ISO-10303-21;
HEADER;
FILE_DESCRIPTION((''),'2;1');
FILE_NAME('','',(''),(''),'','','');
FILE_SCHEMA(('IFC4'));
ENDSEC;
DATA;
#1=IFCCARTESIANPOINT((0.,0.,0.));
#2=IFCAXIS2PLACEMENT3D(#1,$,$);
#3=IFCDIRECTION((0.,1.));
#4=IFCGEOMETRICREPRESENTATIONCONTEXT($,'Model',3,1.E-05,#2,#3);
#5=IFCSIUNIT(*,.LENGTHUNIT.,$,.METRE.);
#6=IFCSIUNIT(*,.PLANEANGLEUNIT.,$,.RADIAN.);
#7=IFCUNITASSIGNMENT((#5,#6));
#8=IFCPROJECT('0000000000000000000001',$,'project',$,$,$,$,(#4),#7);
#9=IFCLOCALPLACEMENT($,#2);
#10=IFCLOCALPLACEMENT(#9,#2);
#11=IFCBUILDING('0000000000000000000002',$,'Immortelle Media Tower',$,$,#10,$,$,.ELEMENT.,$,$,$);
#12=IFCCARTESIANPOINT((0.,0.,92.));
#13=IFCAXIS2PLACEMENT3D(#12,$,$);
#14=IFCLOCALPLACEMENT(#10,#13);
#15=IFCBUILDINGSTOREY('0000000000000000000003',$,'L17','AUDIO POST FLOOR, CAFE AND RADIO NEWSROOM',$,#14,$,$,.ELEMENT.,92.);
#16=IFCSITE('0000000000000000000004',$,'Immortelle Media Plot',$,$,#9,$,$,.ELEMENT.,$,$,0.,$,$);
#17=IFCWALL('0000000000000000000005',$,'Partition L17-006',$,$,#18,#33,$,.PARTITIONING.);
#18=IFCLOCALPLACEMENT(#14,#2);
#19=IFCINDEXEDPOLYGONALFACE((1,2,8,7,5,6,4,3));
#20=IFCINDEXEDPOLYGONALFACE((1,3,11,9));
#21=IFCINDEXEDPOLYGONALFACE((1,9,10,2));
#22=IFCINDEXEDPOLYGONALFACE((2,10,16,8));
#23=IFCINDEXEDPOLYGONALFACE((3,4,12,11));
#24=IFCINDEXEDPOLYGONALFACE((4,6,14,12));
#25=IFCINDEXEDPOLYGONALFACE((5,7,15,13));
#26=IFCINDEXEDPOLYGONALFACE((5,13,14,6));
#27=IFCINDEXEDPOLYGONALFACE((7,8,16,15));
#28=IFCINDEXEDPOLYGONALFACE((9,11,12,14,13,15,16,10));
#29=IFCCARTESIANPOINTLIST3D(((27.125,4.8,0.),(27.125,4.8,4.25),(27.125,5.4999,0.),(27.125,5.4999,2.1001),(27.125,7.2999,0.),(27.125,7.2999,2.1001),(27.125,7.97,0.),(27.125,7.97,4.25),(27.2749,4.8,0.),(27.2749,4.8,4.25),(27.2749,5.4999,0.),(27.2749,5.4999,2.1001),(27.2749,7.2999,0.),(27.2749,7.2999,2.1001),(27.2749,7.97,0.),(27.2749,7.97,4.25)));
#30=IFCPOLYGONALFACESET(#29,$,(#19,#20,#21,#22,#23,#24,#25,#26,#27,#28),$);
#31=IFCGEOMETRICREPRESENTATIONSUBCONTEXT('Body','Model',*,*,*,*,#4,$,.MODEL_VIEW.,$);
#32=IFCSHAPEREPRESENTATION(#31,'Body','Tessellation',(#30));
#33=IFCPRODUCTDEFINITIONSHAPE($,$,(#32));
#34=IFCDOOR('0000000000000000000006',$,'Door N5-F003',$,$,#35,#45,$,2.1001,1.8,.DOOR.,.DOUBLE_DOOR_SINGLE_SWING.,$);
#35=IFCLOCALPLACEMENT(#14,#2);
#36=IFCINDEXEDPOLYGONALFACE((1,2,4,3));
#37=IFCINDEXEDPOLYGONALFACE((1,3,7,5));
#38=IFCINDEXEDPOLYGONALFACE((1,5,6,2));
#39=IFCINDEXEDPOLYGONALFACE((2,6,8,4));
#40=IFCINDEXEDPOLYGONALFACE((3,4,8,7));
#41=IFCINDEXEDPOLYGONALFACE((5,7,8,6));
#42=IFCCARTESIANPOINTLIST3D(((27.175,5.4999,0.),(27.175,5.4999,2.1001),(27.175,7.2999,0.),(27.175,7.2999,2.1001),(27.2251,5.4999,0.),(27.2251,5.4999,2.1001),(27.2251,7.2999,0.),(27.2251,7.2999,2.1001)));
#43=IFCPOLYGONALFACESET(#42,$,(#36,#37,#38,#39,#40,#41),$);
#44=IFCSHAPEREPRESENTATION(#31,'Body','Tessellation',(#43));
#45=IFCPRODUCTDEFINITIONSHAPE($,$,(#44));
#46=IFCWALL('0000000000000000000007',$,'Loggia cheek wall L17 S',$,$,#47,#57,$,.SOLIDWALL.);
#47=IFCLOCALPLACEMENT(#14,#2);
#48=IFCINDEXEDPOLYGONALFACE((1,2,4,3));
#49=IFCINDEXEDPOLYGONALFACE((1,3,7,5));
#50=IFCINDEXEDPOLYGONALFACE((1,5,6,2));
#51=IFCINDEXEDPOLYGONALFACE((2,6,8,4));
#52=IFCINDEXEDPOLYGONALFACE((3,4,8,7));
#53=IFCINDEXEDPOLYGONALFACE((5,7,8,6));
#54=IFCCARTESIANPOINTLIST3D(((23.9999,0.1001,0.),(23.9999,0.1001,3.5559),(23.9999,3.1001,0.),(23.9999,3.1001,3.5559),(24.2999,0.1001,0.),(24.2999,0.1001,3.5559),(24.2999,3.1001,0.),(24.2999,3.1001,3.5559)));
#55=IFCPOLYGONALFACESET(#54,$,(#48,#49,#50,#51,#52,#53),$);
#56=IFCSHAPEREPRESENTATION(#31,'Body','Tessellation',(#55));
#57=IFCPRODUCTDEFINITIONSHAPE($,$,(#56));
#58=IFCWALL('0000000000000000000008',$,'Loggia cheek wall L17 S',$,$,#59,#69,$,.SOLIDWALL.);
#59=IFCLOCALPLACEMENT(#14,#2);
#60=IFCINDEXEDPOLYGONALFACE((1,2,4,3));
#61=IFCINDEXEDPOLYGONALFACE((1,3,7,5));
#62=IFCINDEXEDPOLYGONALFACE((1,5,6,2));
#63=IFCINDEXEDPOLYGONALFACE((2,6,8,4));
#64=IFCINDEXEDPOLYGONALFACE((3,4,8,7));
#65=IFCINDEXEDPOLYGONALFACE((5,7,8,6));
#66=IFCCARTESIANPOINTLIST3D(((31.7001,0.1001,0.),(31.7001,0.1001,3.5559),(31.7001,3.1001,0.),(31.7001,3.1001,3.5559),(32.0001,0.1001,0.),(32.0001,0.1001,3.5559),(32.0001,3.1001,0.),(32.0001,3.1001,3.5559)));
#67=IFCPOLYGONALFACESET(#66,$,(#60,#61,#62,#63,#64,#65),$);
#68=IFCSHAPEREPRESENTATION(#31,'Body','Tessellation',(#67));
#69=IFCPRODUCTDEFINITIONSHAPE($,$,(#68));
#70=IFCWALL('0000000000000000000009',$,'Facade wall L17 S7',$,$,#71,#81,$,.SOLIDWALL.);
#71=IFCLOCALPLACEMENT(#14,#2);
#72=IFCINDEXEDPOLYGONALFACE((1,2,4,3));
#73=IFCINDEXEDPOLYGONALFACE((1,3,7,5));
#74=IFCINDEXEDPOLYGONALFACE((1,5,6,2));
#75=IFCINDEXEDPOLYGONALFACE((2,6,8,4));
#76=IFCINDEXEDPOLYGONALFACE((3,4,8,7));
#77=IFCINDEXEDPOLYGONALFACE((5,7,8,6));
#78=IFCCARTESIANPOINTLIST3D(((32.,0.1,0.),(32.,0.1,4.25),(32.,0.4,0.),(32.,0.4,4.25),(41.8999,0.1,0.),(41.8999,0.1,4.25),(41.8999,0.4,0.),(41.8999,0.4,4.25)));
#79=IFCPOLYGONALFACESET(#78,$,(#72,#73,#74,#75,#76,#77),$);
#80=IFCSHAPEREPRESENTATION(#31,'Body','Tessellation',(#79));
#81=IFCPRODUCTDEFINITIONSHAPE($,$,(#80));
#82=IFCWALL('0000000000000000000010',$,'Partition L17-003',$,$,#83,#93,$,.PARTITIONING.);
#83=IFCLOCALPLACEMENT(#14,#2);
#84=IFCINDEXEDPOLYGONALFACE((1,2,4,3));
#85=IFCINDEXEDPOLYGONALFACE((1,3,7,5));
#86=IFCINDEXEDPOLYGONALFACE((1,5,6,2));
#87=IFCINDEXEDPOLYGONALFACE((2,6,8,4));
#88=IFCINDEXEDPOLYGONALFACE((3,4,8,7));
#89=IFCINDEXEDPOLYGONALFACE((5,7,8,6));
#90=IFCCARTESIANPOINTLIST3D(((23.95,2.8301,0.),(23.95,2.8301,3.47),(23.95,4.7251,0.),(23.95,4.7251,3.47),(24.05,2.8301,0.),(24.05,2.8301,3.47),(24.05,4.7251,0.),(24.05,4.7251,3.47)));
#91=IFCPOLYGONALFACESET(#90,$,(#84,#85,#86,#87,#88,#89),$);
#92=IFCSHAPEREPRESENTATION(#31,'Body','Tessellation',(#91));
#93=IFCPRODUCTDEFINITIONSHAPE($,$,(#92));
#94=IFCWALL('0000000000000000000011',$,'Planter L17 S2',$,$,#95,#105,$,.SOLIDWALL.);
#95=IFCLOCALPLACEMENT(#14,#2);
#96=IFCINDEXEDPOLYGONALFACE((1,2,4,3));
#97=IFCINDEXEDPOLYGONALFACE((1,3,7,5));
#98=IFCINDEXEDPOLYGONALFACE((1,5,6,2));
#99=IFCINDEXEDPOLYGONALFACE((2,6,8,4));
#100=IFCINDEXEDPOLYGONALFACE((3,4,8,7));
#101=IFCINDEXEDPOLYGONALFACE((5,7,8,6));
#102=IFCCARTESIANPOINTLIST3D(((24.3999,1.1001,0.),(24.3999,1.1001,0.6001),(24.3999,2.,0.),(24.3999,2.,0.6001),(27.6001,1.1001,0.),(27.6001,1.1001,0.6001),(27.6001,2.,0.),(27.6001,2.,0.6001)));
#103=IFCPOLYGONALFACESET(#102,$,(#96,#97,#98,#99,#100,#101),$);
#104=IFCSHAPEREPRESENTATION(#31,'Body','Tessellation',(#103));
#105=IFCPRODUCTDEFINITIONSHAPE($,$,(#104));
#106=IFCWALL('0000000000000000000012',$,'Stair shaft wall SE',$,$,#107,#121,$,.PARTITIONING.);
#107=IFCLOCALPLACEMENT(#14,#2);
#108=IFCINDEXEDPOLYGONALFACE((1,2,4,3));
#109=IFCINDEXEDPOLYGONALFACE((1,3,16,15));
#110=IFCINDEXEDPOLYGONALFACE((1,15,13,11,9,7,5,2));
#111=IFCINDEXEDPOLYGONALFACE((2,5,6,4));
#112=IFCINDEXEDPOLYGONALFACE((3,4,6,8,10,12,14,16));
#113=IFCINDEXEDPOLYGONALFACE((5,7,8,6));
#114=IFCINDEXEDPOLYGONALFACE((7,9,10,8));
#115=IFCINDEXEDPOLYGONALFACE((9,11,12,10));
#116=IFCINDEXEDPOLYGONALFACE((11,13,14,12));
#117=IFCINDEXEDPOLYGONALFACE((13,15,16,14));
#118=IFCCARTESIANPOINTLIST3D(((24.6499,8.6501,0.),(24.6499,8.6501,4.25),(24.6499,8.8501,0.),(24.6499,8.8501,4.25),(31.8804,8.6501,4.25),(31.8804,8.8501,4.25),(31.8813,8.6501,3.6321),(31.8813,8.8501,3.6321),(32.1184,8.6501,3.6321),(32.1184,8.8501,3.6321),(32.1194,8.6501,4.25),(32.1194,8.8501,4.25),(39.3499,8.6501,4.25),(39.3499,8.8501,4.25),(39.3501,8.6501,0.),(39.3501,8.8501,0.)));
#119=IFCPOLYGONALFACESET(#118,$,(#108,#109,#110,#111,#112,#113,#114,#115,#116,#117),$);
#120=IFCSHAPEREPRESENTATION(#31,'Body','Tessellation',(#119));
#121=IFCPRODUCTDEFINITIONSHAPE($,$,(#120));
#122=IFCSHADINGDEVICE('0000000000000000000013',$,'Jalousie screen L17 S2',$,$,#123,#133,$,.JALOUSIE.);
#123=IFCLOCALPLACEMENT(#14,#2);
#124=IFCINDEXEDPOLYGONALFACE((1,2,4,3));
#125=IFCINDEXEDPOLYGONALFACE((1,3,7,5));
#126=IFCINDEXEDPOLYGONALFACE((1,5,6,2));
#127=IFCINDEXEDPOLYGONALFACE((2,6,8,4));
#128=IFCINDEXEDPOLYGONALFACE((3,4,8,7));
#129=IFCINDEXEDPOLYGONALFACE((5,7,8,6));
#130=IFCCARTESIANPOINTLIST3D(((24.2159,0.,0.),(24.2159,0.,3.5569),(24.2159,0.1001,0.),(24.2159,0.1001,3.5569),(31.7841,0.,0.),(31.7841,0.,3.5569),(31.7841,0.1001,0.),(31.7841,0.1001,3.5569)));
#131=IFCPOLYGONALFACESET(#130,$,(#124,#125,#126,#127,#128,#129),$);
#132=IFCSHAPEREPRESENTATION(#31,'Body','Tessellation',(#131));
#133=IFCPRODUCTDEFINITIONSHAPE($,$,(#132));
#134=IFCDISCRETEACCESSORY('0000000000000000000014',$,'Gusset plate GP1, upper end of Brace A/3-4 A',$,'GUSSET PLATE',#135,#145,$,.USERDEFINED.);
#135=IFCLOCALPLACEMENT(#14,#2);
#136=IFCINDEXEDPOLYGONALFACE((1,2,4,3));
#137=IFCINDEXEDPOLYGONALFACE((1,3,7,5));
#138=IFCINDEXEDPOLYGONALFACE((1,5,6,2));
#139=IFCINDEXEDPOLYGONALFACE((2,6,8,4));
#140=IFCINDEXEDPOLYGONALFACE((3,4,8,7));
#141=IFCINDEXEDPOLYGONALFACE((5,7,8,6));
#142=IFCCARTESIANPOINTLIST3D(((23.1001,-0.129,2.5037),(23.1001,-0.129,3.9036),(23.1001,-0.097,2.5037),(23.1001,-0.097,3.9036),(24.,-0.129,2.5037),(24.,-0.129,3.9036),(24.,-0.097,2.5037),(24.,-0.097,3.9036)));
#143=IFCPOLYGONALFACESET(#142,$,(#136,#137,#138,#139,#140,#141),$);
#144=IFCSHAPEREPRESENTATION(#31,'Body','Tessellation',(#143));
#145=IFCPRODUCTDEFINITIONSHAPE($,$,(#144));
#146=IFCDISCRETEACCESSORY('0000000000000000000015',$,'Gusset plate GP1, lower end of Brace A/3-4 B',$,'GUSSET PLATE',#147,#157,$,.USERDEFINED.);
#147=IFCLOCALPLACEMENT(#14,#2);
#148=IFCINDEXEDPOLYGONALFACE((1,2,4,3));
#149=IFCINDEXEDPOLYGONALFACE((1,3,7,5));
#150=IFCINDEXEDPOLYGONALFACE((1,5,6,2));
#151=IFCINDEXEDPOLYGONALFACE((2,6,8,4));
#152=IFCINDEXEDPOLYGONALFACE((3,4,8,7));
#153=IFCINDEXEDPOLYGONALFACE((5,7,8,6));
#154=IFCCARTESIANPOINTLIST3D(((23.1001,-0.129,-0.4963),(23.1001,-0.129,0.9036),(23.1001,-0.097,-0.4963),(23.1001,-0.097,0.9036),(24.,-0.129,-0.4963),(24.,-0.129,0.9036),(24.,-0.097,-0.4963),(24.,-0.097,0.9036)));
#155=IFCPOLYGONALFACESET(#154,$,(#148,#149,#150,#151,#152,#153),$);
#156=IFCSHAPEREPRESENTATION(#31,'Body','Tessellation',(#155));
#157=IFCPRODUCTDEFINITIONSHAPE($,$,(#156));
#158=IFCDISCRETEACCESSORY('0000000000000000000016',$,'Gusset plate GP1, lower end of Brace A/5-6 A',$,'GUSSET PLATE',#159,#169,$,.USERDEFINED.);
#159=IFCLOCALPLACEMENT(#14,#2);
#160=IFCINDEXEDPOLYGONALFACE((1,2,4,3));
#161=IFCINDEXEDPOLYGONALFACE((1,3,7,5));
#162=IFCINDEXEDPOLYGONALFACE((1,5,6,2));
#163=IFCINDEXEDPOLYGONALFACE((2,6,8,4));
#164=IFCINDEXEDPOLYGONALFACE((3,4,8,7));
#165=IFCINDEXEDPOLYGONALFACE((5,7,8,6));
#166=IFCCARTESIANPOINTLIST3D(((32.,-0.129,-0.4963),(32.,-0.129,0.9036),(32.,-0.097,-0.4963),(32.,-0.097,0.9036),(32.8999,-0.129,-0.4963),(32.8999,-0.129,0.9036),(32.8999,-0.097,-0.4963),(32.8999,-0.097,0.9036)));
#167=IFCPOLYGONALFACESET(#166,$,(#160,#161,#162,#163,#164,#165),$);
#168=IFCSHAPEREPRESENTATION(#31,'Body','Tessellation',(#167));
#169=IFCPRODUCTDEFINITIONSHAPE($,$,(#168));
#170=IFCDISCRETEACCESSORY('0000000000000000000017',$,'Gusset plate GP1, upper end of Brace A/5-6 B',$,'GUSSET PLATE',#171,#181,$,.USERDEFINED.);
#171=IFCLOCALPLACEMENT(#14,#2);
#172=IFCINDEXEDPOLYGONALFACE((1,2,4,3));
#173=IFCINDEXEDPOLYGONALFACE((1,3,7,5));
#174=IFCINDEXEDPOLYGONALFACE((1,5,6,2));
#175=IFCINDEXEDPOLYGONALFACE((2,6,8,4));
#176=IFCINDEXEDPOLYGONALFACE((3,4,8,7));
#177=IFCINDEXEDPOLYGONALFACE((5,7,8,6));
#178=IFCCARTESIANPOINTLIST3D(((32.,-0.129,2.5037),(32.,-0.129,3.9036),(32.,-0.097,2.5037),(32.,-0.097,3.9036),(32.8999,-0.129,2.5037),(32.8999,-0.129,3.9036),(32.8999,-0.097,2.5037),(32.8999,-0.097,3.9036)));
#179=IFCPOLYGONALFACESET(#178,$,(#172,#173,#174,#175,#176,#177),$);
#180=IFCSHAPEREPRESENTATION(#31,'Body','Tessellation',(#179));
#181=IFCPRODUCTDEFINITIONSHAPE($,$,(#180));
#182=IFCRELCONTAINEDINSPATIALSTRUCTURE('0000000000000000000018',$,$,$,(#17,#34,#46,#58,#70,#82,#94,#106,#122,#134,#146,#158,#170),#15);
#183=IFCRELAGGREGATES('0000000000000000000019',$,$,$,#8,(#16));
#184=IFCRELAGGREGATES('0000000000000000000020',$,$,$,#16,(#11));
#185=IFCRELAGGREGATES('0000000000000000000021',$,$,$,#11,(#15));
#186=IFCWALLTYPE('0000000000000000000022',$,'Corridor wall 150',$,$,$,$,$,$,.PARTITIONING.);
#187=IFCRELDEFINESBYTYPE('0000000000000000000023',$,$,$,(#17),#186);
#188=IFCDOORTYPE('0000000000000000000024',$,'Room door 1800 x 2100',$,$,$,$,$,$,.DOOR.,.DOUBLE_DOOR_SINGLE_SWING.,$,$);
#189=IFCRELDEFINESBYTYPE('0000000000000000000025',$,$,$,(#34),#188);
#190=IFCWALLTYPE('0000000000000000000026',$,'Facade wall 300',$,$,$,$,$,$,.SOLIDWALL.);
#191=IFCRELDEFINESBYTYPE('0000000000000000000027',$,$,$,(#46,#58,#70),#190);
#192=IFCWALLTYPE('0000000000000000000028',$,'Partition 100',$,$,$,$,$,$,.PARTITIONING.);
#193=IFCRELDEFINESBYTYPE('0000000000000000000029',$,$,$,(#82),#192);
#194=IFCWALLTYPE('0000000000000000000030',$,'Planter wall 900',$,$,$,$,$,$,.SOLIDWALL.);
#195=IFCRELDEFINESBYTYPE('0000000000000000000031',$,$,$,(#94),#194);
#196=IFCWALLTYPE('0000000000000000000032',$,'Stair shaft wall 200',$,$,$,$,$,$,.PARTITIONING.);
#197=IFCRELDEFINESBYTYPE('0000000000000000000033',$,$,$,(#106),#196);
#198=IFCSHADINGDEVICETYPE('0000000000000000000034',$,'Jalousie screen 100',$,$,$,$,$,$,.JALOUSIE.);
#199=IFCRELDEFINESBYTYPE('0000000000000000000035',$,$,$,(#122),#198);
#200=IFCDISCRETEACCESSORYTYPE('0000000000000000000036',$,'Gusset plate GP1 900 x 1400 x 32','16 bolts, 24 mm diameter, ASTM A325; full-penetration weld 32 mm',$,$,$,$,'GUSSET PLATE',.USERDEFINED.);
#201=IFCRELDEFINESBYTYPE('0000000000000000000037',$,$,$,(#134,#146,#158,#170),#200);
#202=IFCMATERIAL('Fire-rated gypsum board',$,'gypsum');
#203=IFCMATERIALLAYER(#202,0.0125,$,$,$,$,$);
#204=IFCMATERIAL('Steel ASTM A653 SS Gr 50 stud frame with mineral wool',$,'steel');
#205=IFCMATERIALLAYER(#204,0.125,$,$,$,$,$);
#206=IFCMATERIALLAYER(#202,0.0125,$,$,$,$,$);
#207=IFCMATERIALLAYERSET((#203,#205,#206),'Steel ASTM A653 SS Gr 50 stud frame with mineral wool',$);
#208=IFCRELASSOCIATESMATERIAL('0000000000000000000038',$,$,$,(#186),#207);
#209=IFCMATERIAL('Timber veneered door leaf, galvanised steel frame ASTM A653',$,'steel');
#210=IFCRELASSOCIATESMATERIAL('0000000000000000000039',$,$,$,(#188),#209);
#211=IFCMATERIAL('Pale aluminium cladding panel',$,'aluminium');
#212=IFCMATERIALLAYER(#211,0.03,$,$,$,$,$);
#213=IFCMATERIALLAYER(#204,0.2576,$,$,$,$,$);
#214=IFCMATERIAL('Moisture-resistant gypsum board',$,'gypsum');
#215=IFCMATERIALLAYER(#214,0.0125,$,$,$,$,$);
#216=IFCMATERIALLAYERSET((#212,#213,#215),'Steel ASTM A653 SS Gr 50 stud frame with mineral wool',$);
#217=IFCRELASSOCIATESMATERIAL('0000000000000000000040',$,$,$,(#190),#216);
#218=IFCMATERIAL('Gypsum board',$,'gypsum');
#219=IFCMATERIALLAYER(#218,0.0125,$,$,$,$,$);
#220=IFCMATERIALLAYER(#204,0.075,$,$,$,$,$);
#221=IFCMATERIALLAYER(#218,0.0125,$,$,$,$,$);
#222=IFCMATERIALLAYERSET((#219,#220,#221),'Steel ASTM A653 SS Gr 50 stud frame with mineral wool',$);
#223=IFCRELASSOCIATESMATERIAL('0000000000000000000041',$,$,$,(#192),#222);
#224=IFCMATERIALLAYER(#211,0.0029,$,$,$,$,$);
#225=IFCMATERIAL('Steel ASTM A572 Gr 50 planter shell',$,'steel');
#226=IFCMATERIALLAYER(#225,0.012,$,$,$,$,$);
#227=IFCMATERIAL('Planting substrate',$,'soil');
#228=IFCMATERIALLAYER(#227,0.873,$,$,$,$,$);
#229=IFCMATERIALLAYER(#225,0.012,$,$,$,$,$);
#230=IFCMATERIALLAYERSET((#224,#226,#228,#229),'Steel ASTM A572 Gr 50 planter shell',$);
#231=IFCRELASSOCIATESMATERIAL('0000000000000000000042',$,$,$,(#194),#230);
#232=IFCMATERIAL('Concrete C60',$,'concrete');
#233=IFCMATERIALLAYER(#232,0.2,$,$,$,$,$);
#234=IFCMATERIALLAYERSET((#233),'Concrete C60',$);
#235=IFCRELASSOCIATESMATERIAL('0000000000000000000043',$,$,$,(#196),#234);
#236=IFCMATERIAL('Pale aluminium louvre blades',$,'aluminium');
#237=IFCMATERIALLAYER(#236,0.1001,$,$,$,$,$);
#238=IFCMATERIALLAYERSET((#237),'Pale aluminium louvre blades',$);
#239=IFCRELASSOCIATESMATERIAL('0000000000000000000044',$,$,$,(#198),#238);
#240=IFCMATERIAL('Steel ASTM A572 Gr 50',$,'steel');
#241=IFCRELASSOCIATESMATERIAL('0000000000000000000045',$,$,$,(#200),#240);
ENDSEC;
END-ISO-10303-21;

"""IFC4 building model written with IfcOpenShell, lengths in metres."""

from ifc_helpers import new_model, si_unit, direction, frame, frame_2d, origin, origin_2d, place, context, subcontext, project, spatial, polyline, rectangle, outline, extrude, material, layer, layer_set, material_profile, profile_set, type_object, element, fill, save


model = new_model("IFC4")

# Units and contexts
model_context = context("Model", 3, precision=1e-05, world=origin(), true_north=direction((0.0, 1.0)))
body_context = subcontext(model_context, "Body", "Model", "MODEL_VIEW")
ifc_project = project(units=[si_unit("LENGTHUNIT", "METRE"), si_unit("PLANEANGLEUNIT", "RADIAN")], contexts=[model_context])

# Site, building, storey
site_placement = place(None, origin())
site = spatial("IfcSite", under=ifc_project, at=site_placement, Name="Immortelle Media Plot", CompositionType="ELEMENT", RefElevation=0.0)
building_placement = place(site_placement, origin())
building = spatial("IfcBuilding", under=site, at=building_placement, Name="Immortelle Media Tower", CompositionType="ELEMENT")
storey_placement = place(building_placement, frame((0.0, 0.0, 92.0)))
storey = spatial("IfcBuildingStorey", under=building, at=storey_placement, Name="L17", Description="AUDIO POST FLOOR, CAFE AND RADIO NEWSROOM", CompositionType="ELEMENT", Elevation=92.0)

# Wall, opening, door
ifc_material_1 = material(Name="Fire-rated gypsum board", Category="gypsum")
ifc_material_2 = material(Name="Steel ASTM A653 SS Gr 50 stud frame with mineral wool", Category="steel")
ifc_layer_1 = layer(ifc_material_1, 0.0125)
ifc_layer_2 = layer(ifc_material_2, 0.125)
ifc_layer_3 = layer(ifc_material_1, 0.0125)
ifc_layer_set_1 = layer_set([ifc_layer_1, ifc_layer_2, ifc_layer_3], Name="Steel ASTM A653 SS Gr 50 stud frame with mineral wool")
wall_type_1 = type_object("IfcWallType", Name="Corridor wall 150", PredefinedType="PARTITIONING", material=ifc_layer_set_1)
wall_1_placement = place(storey_placement, frame((27.2, 4.8, 0.0), z_axis=(0.0, 0.0, 1.0), x_axis=(0.0, 1.0, 0.0)))
wall_1 = element("IfcWall", 1, at=wall_1_placement, inside=storey, type_object=wall_type_1, Name="Partition L17-006", PredefinedType="PARTITIONING", context=body_context, shape_type="SweptSolid", body=[
    extrude(rectangle(XDim=3.1699, YDim=0.1499, at=frame_2d((1.585, 0.0))), origin(), (0.0, 0.0, 1.0), 4.25),
])
opening_1_placement = place(wall_1_placement, frame((0.7, 0.0, 0.0)))
opening_1 = element("IfcOpeningElement", 2, at=opening_1_placement, cuts=wall_1, PredefinedType="OPENING", context=body_context, shape_type="SweptSolid", body=[
    extrude(rectangle(XDim=1.8, YDim=2.1001, at=frame_2d((0.8999, 1.05))), frame((0.0, 0.085, 0.0), z_axis=(0.0, -1.0, 0.0), x_axis=(1.0, 0.0, 0.0)), (0.0, 0.0, 1.0), 0.1699),
])
ifc_material_3 = material(Name="Timber veneered door leaf, galvanised steel frame ASTM A653", Category="steel")
door_type_1 = type_object("IfcDoorType", Name="Room door 1800 x 2100", OperationType="DOUBLE_DOOR_SINGLE_SWING", PredefinedType="DOOR", material=ifc_material_3)
door_1_placement = place(opening_1_placement, origin())
door_1 = element("IfcDoor", 3, at=door_1_placement, inside=storey, type_object=door_type_1, Name="Door N5-F003", OperationType="DOUBLE_DOOR_SINGLE_SWING", OverallHeight=2.1001, OverallWidth=1.8, PredefinedType="DOOR", context=body_context, shape_type="SweptSolid", body=[
    extrude(rectangle(XDim=1.8, YDim=2.1001, at=frame_2d((0.8999, 1.05))), frame((0.0, 0.0249, 0.0), z_axis=(0.0, -1.0, 0.0), x_axis=(1.0, 0.0, 0.0)), (0.0, 0.0, 1.0), 0.05),
])
fill(opening_1, door_1)

# Shared definitions
ifc_material_4 = material(Name="Pale aluminium cladding panel", Category="aluminium")
ifc_layer_4 = layer(ifc_material_4, 0.03)
ifc_layer_5 = layer(ifc_material_2, 0.2576)
ifc_material_5 = material(Name="Moisture-resistant gypsum board", Category="gypsum")
ifc_layer_6 = layer(ifc_material_5, 0.0125)
ifc_layer_set_2 = layer_set([ifc_layer_4, ifc_layer_5, ifc_layer_6], Name="Steel ASTM A653 SS Gr 50 stud frame with mineral wool")
wall_type_2 = type_object("IfcWallType", Name="Facade wall 300", PredefinedType="SOLIDWALL", material=ifc_layer_set_2)

# Walls
for number, where, z_axis, x_axis, name in (
    (4, (24.1499, 0.1001, 0.0), (0.0, 0.0, 1.0), (0.0, 1.0, 0.0), "Loggia cheek wall L17 S"),
    (5, (31.8501, 0.1001, 0.0), (0.0, 0.0, 1.0), (0.0, 1.0, 0.0), "Loggia cheek wall L17 S"),
):
    element("IfcWall", number, at=place(storey_placement, frame(where, z_axis=z_axis, x_axis=x_axis)), inside=storey, type_object=wall_type_2, Name=name, PredefinedType="SOLIDWALL", context=body_context, shape_type="SweptSolid", body=[
        extrude(rectangle(XDim=3.0, YDim=0.3, at=frame_2d((1.5, 0.0))), origin(), (0.0, 0.0, 1.0), 3.5559),
    ])
wall_2_placement = place(storey_placement, frame((32.0, 0.25, 0.0), z_axis=(0.0, 0.0, 1.0), x_axis=(1.0, 0.0, 0.0)))
element("IfcWall", 6, at=wall_2_placement, inside=storey, type_object=wall_type_2, Name="Facade wall L17 S7", PredefinedType="SOLIDWALL", context=body_context, shape_type="SweptSolid", body=[
    extrude(rectangle(XDim=9.8999, YDim=0.3, at=frame_2d((4.95, 0.0))), origin(), (0.0, 0.0, 1.0), 4.25),
])
ifc_material_6 = material(Name="Gypsum board", Category="gypsum")
ifc_layer_7 = layer(ifc_material_6, 0.0125)
ifc_layer_8 = layer(ifc_material_2, 0.075)
ifc_layer_9 = layer(ifc_material_6, 0.0125)
ifc_layer_set_3 = layer_set([ifc_layer_7, ifc_layer_8, ifc_layer_9], Name="Steel ASTM A653 SS Gr 50 stud frame with mineral wool")
wall_type_3 = type_object("IfcWallType", Name="Partition 100", PredefinedType="PARTITIONING", material=ifc_layer_set_3)
wall_3_placement = place(storey_placement, frame((24.0, 2.8301, 0.0), z_axis=(0.0, 0.0, 1.0), x_axis=(0.0, 1.0, 0.0)))
element("IfcWall", 7, at=wall_3_placement, inside=storey, type_object=wall_type_3, Name="Partition L17-003", PredefinedType="PARTITIONING", context=body_context, shape_type="SweptSolid", body=[
    extrude(rectangle(XDim=1.895, YDim=0.1001, at=frame_2d((0.9475, 0.0))), origin(), (0.0, 0.0, 1.0), 3.47),
])
ifc_layer_10 = layer(ifc_material_4, 0.0029)
ifc_material_7 = material(Name="Steel ASTM A572 Gr 50 planter shell", Category="steel")
ifc_layer_11 = layer(ifc_material_7, 0.012)
ifc_material_8 = material(Name="Planting substrate", Category="soil")
ifc_layer_12 = layer(ifc_material_8, 0.873)
ifc_layer_13 = layer(ifc_material_7, 0.012)
ifc_layer_set_4 = layer_set([ifc_layer_10, ifc_layer_11, ifc_layer_12, ifc_layer_13], Name="Steel ASTM A572 Gr 50 planter shell")
wall_type_4 = type_object("IfcWallType", Name="Planter wall 900", PredefinedType="SOLIDWALL", material=ifc_layer_set_4)
wall_4_placement = place(storey_placement, frame((24.3999, 1.55, 0.0), z_axis=(0.0, 0.0, 1.0), x_axis=(1.0, 0.0, 0.0)))
element("IfcWall", 8, at=wall_4_placement, inside=storey, type_object=wall_type_4, Name="Planter L17 S2", PredefinedType="SOLIDWALL", context=body_context, shape_type="SweptSolid", body=[
    extrude(rectangle(XDim=3.2002, YDim=0.8999, at=frame_2d((1.6001, 0.0))), origin(), (0.0, 0.0, 1.0), 0.6001),
])
ifc_material_9 = material(Name="Concrete C60", Category="concrete")
ifc_layer_14 = layer(ifc_material_9, 0.2)
ifc_layer_set_5 = layer_set([ifc_layer_14], Name="Concrete C60")
wall_type_5 = type_object("IfcWallType", Name="Stair shaft wall 200", PredefinedType="PARTITIONING", material=ifc_layer_set_5)
wall_5_placement = place(storey_placement, frame((24.6499, 8.75, 0.0), z_axis=(0.0, 0.0, 1.0), x_axis=(1.0, 0.0, 0.0)))
element("IfcWall", 9, at=wall_5_placement, inside=storey, type_object=wall_type_5, Name="Stair shaft wall SE", PredefinedType="PARTITIONING", context=body_context, shape_type="SweptSolid", body=[
    extrude(outline(polyline([(0.0, 0.0), (14.7002, 0.0), (14.7, 4.25), (7.4695, 4.25), (7.4685, 3.6321), (7.2314, 3.6321), (7.2305, 4.25), (0.0, 4.25), (0.0, 0.0)])), frame((0.0, 0.1001, 0.0), z_axis=(0.0, -1.0, 0.0), x_axis=(1.0, 0.0, 0.0)), (0.0, 0.0, 1.0), 0.2),
])

# Shading device
ifc_material_10 = material(Name="Pale aluminium louvre blades", Category="aluminium")
ifc_layer_15 = layer(ifc_material_10, 0.1001)
ifc_layer_set_6 = layer_set([ifc_layer_15], Name="Pale aluminium louvre blades")
shading_device_type = type_object("IfcShadingDeviceType", Name="Jalousie screen 100", PredefinedType="JALOUSIE", material=ifc_layer_set_6)
shading_device_placement = place(storey_placement, frame((28.0, 0.05, 0.0), z_axis=(0.0, 0.0, 1.0), x_axis=(1.0, 0.0, 0.0)))
element("IfcShadingDevice", 10, at=shading_device_placement, inside=storey, type_object=shading_device_type, Name="Jalousie screen L17 S2", PredefinedType="JALOUSIE", context=body_context, shape_type="SweptSolid", body=[
    extrude(rectangle(XDim=7.5681, YDim=0.1001, at=origin_2d()), origin(), (0.0, 0.0, 1.0), 3.5569),
])

# Discrete accessories
ifc_material_11 = material(Name="Steel ASTM A572 Gr 50", Category="steel")
ifc_material_profile_1 = material_profile(ifc_material_11, rectangle(XDim=0.032, YDim=1.3999, at=origin_2d()), Name="PL 32 x 1400")
ifc_profile_set_1 = profile_set([ifc_material_profile_1], Name="Steel ASTM A572 Gr 50")
discrete_accessory_type = type_object("IfcDiscreteAccessoryType", Name="Gusset plate GP1 900 x 1400 x 32", Description="16 bolts, 24 mm diameter, ASTM A325; full-penetration weld 32 mm", ElementType="GUSSET PLATE", PredefinedType="USERDEFINED", material=ifc_profile_set_1)
for number, where, z_axis, x_axis, name in (
    (11, (24.0, -0.113, 3.2036), (-1.0, 0.0, 0.0), (0.0, -1.0, 0.0), "Gusset plate GP1, upper end of Brace A/3-4 A"),
    (12, (24.0, -0.113, 0.2036), (-1.0, 0.0, 0.0), (0.0, -1.0, 0.0), "Gusset plate GP1, lower end of Brace A/3-4 B"),
    (13, (32.0, -0.113, 0.2036), (1.0, 0.0, 0.0), (0.0, 1.0, 0.0), "Gusset plate GP1, lower end of Brace A/5-6 A"),
    (14, (32.0, -0.113, 3.2036), (1.0, 0.0, 0.0), (0.0, 1.0, 0.0), "Gusset plate GP1, upper end of Brace A/5-6 B"),
):
    element("IfcDiscreteAccessory", number, at=place(storey_placement, frame(where, z_axis=z_axis, x_axis=x_axis)), inside=storey, type_object=discrete_accessory_type, Name=name, ObjectType="GUSSET PLATE", PredefinedType="USERDEFINED", context=body_context, shape_type="SweptSolid", body=[
        extrude(rectangle(XDim=0.032, YDim=1.3999, at=origin_2d()), origin(), (0.0, 0.0, 1.0), 0.8999),
    ])

save(model, "model.ifc")
